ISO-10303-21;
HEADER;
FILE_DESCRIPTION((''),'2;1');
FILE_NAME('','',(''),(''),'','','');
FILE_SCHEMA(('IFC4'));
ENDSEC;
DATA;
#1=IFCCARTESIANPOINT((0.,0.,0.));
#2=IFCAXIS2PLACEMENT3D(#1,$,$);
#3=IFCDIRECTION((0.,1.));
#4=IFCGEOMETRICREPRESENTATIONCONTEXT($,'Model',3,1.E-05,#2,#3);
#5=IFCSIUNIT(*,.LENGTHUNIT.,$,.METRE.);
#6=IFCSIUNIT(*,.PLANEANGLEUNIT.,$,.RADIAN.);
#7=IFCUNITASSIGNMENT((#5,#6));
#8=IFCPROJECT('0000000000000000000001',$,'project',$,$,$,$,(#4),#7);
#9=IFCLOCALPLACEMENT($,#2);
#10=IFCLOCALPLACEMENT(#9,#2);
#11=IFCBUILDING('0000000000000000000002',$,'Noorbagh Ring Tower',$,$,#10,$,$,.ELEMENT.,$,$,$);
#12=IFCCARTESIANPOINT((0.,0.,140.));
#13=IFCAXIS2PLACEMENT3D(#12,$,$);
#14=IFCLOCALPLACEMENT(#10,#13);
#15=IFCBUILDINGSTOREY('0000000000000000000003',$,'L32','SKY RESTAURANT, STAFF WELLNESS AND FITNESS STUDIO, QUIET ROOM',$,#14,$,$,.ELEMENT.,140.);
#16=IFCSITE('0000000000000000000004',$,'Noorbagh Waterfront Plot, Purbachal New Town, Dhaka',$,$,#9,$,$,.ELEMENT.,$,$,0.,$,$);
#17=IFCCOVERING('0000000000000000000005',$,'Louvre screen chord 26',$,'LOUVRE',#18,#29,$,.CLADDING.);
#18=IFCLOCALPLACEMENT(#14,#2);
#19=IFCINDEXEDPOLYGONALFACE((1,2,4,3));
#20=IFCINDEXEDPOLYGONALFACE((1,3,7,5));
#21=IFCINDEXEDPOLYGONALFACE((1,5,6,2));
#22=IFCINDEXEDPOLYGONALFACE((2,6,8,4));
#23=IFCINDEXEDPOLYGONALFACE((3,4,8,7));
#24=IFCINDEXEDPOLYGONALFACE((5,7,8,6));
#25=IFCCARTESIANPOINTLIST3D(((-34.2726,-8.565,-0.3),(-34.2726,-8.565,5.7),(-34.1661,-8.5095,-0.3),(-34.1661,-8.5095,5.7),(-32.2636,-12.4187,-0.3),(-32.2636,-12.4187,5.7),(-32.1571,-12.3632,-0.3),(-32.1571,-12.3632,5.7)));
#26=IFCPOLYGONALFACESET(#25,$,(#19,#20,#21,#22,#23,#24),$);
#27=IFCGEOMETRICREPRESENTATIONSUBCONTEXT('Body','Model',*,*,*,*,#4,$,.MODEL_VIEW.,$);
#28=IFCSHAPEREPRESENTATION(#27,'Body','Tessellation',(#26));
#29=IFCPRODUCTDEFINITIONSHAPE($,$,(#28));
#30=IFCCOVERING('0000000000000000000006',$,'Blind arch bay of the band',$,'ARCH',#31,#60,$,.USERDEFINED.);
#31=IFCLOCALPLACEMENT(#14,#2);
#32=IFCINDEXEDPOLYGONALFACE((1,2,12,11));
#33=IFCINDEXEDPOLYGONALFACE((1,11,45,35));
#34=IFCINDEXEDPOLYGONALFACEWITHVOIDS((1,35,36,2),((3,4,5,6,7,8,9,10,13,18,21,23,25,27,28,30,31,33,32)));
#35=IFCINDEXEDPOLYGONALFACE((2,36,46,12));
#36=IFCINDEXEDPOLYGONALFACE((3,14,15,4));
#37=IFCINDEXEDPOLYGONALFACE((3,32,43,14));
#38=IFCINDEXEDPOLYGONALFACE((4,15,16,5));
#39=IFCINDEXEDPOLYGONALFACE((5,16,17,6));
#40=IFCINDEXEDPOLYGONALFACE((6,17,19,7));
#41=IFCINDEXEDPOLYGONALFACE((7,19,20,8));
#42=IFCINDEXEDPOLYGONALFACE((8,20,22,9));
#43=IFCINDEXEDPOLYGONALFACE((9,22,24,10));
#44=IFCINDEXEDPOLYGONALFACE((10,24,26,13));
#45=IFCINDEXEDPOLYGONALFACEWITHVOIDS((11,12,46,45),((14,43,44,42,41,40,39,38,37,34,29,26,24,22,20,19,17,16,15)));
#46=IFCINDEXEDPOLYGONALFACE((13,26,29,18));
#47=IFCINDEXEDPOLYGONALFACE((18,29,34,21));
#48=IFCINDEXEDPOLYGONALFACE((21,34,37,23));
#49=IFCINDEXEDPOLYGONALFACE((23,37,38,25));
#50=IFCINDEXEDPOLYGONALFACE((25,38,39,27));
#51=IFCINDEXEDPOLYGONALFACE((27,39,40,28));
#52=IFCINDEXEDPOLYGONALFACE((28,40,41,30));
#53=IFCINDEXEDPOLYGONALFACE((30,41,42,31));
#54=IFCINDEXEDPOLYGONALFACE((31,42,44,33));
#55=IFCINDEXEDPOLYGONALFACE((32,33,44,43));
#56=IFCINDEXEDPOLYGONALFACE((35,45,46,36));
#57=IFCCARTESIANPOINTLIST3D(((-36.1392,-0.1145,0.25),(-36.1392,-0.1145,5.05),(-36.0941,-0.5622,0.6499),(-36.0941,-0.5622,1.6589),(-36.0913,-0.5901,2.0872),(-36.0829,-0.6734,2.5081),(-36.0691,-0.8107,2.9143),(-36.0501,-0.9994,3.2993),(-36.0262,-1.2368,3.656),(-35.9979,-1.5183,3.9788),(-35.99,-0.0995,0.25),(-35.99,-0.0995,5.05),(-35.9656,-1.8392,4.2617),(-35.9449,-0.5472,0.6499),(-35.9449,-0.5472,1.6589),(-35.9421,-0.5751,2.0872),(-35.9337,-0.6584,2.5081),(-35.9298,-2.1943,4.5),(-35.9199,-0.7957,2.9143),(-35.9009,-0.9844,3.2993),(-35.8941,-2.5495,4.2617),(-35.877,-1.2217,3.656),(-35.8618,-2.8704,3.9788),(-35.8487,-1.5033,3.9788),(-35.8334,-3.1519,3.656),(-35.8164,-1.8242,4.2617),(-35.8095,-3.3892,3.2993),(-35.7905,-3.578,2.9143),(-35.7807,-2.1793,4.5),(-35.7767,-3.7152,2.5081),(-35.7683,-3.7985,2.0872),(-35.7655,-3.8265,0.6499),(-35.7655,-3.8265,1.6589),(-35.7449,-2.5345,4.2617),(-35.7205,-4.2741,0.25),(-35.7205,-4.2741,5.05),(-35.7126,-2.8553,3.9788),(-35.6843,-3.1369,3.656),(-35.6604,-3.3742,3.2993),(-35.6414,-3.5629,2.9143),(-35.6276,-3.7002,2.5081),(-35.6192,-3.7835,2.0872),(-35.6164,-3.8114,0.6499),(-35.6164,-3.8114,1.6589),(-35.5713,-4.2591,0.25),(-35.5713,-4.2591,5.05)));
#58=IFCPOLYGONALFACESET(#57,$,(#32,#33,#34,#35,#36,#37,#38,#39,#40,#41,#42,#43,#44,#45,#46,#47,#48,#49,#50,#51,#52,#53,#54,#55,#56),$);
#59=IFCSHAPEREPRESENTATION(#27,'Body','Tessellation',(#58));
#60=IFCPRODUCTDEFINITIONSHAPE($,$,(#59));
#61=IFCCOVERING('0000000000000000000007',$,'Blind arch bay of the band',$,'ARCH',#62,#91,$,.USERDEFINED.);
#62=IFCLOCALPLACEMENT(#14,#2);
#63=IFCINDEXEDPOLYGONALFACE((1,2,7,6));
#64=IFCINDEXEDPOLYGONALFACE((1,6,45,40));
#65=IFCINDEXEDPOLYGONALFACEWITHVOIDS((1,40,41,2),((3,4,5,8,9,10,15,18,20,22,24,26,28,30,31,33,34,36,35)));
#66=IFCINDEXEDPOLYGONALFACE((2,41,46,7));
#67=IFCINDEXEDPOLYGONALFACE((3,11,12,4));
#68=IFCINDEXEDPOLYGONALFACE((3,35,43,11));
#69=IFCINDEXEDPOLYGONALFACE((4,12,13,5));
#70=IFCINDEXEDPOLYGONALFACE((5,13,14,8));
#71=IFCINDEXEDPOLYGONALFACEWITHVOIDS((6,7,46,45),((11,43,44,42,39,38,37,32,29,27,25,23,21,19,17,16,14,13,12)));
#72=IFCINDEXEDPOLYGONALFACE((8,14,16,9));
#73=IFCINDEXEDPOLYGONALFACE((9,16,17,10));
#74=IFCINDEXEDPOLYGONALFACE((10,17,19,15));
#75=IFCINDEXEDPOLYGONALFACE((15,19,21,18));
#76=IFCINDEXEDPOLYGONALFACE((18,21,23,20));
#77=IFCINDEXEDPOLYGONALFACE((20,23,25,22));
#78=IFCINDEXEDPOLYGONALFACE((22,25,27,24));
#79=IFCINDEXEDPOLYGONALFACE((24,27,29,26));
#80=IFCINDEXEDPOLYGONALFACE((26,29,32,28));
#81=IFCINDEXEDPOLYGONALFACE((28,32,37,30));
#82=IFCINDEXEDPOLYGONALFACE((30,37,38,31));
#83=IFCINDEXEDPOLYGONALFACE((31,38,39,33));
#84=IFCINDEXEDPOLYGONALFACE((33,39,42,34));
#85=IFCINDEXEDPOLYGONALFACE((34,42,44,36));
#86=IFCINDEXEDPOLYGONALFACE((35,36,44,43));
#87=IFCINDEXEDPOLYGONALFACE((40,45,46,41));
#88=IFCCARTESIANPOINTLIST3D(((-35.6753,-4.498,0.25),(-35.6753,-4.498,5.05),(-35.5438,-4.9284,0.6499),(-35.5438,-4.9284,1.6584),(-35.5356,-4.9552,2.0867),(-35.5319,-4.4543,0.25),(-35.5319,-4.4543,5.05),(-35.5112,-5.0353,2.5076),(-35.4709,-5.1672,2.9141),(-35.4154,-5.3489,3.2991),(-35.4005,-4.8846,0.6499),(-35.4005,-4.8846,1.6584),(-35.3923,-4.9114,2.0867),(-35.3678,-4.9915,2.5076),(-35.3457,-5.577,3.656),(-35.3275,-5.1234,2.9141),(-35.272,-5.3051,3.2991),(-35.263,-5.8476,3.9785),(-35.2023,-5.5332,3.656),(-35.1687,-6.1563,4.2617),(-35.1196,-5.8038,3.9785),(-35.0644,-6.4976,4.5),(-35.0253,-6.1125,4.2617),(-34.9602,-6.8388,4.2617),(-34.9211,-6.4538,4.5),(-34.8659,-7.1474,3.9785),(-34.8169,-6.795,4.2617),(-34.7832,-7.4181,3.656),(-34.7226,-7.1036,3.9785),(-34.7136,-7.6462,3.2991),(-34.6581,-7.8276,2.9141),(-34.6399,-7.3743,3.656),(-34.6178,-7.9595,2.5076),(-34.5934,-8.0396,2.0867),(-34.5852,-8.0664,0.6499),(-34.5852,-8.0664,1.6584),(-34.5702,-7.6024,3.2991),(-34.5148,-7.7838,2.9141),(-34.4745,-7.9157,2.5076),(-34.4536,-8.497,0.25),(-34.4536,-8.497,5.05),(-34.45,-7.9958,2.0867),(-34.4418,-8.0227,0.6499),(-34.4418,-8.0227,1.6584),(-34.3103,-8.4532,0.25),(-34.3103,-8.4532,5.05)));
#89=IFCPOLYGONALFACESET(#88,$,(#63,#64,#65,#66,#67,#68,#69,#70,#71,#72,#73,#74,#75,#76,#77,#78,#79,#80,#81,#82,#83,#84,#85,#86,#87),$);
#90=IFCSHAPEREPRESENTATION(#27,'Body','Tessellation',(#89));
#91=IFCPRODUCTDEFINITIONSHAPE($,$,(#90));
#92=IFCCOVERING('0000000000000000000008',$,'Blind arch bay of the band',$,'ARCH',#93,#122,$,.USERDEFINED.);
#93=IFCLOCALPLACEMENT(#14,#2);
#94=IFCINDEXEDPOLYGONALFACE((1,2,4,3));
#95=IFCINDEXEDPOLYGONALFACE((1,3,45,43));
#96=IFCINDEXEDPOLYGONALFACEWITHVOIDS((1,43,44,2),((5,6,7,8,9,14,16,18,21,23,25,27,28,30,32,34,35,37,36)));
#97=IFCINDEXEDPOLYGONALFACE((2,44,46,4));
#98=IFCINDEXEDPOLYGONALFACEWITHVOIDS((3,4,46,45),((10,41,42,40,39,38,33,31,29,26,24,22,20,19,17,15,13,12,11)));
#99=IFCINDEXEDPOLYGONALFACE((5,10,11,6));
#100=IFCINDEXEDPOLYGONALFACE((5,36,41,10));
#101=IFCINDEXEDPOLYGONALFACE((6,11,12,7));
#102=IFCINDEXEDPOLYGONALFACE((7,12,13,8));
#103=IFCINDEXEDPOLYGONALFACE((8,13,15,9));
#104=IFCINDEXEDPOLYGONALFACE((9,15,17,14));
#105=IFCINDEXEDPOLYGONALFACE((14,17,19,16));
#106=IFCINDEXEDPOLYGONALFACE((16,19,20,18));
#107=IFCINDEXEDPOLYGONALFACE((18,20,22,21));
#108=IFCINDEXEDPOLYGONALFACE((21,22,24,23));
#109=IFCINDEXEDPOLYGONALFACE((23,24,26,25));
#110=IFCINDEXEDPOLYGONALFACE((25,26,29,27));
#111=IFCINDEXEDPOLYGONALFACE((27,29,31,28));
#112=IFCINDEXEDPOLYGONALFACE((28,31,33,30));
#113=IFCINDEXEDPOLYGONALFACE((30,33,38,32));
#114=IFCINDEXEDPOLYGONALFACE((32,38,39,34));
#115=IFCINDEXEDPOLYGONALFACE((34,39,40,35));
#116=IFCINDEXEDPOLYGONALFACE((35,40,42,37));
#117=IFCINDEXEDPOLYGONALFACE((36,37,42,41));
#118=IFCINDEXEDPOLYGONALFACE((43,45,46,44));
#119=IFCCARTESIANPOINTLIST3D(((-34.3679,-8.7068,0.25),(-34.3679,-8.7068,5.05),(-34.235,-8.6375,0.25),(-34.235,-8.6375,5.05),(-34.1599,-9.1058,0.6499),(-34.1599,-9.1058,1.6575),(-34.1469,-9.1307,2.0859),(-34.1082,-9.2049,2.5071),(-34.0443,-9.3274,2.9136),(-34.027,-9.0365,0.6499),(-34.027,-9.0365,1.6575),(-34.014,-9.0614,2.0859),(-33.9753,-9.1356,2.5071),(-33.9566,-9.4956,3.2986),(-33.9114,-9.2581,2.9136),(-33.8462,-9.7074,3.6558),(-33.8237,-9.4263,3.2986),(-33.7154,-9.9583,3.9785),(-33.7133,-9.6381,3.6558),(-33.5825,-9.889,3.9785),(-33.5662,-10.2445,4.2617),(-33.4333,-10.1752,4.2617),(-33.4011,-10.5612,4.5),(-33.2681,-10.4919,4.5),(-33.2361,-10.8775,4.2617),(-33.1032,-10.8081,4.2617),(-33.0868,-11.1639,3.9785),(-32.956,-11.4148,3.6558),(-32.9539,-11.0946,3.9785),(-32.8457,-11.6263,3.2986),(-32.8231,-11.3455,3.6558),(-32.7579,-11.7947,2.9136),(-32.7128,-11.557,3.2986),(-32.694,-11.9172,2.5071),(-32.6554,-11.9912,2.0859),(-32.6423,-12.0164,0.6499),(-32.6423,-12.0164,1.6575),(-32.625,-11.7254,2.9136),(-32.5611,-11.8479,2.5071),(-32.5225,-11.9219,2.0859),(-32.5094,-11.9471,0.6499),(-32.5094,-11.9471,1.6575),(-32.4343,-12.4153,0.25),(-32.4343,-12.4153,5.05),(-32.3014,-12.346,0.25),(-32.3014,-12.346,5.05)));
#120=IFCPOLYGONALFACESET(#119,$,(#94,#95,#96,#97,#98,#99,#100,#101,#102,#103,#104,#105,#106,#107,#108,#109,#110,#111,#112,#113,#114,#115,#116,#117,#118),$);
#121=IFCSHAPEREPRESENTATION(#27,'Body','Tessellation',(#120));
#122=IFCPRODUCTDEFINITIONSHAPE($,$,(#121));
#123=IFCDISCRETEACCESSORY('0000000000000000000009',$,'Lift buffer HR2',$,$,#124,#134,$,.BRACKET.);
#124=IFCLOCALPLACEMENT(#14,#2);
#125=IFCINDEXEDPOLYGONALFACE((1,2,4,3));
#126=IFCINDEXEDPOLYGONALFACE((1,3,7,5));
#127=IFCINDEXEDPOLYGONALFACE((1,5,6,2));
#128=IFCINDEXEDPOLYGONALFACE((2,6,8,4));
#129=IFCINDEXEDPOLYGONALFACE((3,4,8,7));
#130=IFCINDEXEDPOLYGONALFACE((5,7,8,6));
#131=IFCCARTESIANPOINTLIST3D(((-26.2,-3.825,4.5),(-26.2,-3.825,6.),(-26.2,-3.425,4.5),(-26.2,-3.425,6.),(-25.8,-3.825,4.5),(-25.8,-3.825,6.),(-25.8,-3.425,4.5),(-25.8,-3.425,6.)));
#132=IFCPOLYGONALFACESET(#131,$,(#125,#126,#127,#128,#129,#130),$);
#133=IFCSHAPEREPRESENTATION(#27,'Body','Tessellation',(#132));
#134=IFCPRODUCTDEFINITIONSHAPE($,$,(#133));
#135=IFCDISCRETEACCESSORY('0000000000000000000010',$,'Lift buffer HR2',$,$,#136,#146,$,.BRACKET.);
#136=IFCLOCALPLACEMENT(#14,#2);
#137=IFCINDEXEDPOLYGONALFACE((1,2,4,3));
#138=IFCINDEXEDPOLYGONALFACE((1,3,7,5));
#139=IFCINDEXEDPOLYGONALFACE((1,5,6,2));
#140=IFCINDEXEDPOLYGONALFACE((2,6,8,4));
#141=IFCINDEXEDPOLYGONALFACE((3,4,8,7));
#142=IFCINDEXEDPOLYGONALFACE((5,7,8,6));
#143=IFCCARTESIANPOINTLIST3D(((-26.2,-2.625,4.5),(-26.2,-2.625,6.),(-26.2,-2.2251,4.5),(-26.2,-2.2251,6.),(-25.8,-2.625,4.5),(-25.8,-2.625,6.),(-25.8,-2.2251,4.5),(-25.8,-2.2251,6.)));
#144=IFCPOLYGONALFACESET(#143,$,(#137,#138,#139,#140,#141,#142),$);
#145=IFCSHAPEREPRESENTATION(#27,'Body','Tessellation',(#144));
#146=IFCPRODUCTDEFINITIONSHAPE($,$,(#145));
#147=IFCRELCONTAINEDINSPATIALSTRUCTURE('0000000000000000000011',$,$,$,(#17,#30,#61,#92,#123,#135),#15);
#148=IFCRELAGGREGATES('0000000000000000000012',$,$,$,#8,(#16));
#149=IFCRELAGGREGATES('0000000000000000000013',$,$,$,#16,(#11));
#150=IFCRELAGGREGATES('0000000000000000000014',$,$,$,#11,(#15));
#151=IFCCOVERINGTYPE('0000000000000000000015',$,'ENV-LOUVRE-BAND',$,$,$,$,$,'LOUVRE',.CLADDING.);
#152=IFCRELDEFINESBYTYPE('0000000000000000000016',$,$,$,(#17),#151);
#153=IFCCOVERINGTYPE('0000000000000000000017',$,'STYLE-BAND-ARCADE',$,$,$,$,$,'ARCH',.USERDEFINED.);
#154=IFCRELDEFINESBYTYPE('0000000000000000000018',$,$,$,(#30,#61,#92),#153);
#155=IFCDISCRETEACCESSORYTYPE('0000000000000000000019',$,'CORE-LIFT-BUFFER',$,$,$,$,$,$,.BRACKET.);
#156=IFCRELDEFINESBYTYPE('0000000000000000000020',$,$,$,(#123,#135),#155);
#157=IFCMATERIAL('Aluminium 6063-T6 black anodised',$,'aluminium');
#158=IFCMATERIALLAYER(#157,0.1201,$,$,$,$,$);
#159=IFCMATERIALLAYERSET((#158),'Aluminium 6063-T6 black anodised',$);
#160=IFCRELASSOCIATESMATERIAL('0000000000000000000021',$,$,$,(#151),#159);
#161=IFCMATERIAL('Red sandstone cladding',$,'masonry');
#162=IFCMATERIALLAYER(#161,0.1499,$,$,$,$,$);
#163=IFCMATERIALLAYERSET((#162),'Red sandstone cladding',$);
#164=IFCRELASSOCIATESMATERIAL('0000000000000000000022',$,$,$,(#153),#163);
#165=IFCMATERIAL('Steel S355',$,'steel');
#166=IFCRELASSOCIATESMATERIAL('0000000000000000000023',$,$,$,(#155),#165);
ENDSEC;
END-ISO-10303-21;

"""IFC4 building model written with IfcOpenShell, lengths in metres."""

from ifc_helpers import new_model, si_unit, direction, frame, origin, origin_2d, place, context, subcontext, project, spatial, polyline, rectangle, outline, extrude, material, layer, layer_set, type_object, element, save


model = new_model("IFC4")

# Units and contexts
model_context = context("Model", 3, precision=1e-05, world=origin(), true_north=direction((0.0, 1.0)))
body_context = subcontext(model_context, "Body", "Model", "MODEL_VIEW")
ifc_project = project(units=[si_unit("LENGTHUNIT", "METRE"), si_unit("PLANEANGLEUNIT", "RADIAN")], contexts=[model_context])

# Site, building, storey
site_placement = place(None, origin())
site = spatial("IfcSite", under=ifc_project, at=site_placement, Name="Noorbagh Waterfront Plot, Purbachal New Town, Dhaka", CompositionType="ELEMENT", RefElevation=0.0)
building_placement = place(site_placement, origin())
building = spatial("IfcBuilding", under=site, at=building_placement, Name="Noorbagh Ring Tower", CompositionType="ELEMENT")
storey_placement = place(building_placement, frame((0.0, 0.0, 140.0)))
storey = spatial("IfcBuildingStorey", under=building, at=storey_placement, Name="L32", Description="SKY RESTAURANT, STAFF WELLNESS AND FITNESS STUDIO, QUIET ROOM", CompositionType="ELEMENT", Elevation=140.0)

# Coverings
ifc_material_1 = material(Name="Aluminium 6063-T6 black anodised", Category="aluminium")
ifc_layer_1 = layer(ifc_material_1, 0.1201)
ifc_layer_set_1 = layer_set([ifc_layer_1], Name="Aluminium 6063-T6 black anodised")
covering_type_1 = type_object("IfcCoveringType", Name="ENV-LOUVRE-BAND", ElementType="LOUVRE", PredefinedType="CLADDING", material=ifc_layer_set_1)
covering_1_placement = place(storey_placement, frame((-33.2148, -10.4641, -0.3), z_axis=(0.0, 0.0, 1.0), x_axis=(0.462278, -0.886735, 0.0)))
element("IfcCovering", 1, at=covering_1_placement, inside=storey, type_object=covering_type_1, Name="Louvre screen chord 26", ObjectType="LOUVRE", PredefinedType="CLADDING", context=body_context, shape_type="SweptSolid", body=[
    extrude(rectangle(XDim=4.3459, YDim=0.1201, at=origin_2d()), origin(), (0.0, 0.0, 1.0), 6.0),
])
ifc_material_2 = material(Name="Red sandstone cladding", Category="masonry")
ifc_layer_2 = layer(ifc_material_2, 0.1499)
ifc_layer_set_2 = layer_set([ifc_layer_2], Name="Red sandstone cladding")
covering_type_2 = type_object("IfcCoveringType", Name="STYLE-BAND-ARCADE", ElementType="ARCH", PredefinedType="USERDEFINED", material=ifc_layer_set_2)
covering_2_placement = place(storey_placement, frame((-36.1392, -0.1145, 0.25), z_axis=(-0.994972, -0.100151, 0.0), x_axis=(0.100151, -0.994972, 0.0)))
element("IfcCovering", 2, at=covering_2_placement, inside=storey, type_object=covering_type_2, Name="Blind arch bay of the band", ObjectType="ARCH", PredefinedType="USERDEFINED", context=body_context, shape_type="SweptSolid", body=[
    extrude(outline(polyline([(0.0, 0.0), (4.1807, 0.0), (4.1807, 4.8), (0.0, 4.8), (0.0, 0.0)]), holes=[polyline([(0.45, 0.3999), (0.45, 1.4089), (0.478, 1.8372), (0.5618, 2.2581), (0.6997, 2.6643), (0.8894, 3.0493), (1.1279, 3.406), (1.4109, 3.7288), (1.7334, 4.0117), (2.0903, 4.25), (2.4473, 4.0117), (2.7698, 3.7288), (3.0527, 3.406), (3.2913, 3.0493), (3.481, 2.6643), (3.6189, 2.2581), (3.7026, 1.8372), (3.7307, 1.4089), (3.7307, 0.3999), (0.45, 0.3999)])]), origin(), (0.0, 0.0, -1.0), 0.1499),
])
covering_3_placement = place(storey_placement, frame((-35.6753, -4.498, 0.25), z_axis=(-0.956368, -0.292165, 0.0), x_axis=(0.292165, -0.956368, 0.0)))
element("IfcCovering", 3, at=covering_3_placement, inside=storey, type_object=covering_type_2, Name="Blind arch bay of the band", ObjectType="ARCH", PredefinedType="USERDEFINED", context=body_context, shape_type="SweptSolid", body=[
    extrude(outline(polyline([(0.0, 0.0), (4.1814, 0.0), (4.1814, 4.8), (0.0, 4.8), (0.0, 0.0)]), holes=[polyline([(0.45, 0.3999), (0.45, 1.4084), (0.478, 1.8367), (0.5618, 2.2576), (0.6997, 2.6641), (0.8896, 3.0491), (1.1282, 3.406), (1.4111, 3.7285), (1.7339, 4.0117), (2.0908, 4.25), (2.4475, 4.0117), (2.7703, 3.7285), (3.0532, 3.406), (3.2917, 3.0491), (3.4814, 2.6641), (3.6194, 2.2576), (3.7031, 1.8367), (3.7312, 1.4084), (3.7312, 0.3999), (0.45, 0.3999)])]), origin(), (0.0, 0.0, -1.0), 0.1499),
])
covering_4_placement = place(storey_placement, frame((-34.3679, -8.7068, 0.25), z_axis=(-0.88671, -0.462327, 0.0), x_axis=(0.462327, -0.88671, 0.0)))
element("IfcCovering", 4, at=covering_4_placement, inside=storey, type_object=covering_type_2, Name="Blind arch bay of the band", ObjectType="ARCH", PredefinedType="USERDEFINED", context=body_context, shape_type="SweptSolid", body=[
    extrude(outline(polyline([(0.0, 0.0), (4.1824, 0.0), (4.1824, 4.8), (0.0, 4.8), (0.0, 0.0)]), holes=[polyline([(0.45, 0.3999), (0.45, 1.4075), (0.478, 1.8359), (0.5618, 2.2571), (0.7, 2.6636), (0.8896, 3.0486), (1.1284, 3.4058), (1.4114, 3.7285), (1.7341, 4.0117), (2.0913, 4.25), (2.448, 4.0117), (2.771, 3.7285), (3.054, 3.4058), (3.2925, 3.0486), (3.4824, 2.6636), (3.6206, 2.2571), (3.7041, 1.8359), (3.7324, 1.4075), (3.7324, 0.3999), (0.45, 0.3999)])]), origin(), (0.0, 0.0, -1.0), 0.1499),
])

# Discrete accessories
ifc_material_3 = material(Name="Steel S355", Category="steel")
discrete_accessory_type = type_object("IfcDiscreteAccessoryType", Name="CORE-LIFT-BUFFER", PredefinedType="BRACKET", material=ifc_material_3)
for number, where, z_axis, x_axis, name in (
    (5, (-26.0, -3.625, 4.5), (0.0, 0.0, 1.0), (1.0, 0.0, 0.0), "Lift buffer HR2"),
    (6, (-26.0, -2.425, 4.5), (0.0, 0.0, 1.0), (1.0, 0.0, 0.0), "Lift buffer HR2"),
):
    element("IfcDiscreteAccessory", number, at=place(storey_placement, frame(where, z_axis=z_axis, x_axis=x_axis)), inside=storey, type_object=discrete_accessory_type, Name=name, PredefinedType="BRACKET", context=body_context, shape_type="SweptSolid", body=[
        extrude(rectangle(XDim=0.3999, YDim=0.3999, at=origin_2d()), origin(), (0.0, 0.0, 1.0), 1.5),
    ])

save(model, "model.ifc")
